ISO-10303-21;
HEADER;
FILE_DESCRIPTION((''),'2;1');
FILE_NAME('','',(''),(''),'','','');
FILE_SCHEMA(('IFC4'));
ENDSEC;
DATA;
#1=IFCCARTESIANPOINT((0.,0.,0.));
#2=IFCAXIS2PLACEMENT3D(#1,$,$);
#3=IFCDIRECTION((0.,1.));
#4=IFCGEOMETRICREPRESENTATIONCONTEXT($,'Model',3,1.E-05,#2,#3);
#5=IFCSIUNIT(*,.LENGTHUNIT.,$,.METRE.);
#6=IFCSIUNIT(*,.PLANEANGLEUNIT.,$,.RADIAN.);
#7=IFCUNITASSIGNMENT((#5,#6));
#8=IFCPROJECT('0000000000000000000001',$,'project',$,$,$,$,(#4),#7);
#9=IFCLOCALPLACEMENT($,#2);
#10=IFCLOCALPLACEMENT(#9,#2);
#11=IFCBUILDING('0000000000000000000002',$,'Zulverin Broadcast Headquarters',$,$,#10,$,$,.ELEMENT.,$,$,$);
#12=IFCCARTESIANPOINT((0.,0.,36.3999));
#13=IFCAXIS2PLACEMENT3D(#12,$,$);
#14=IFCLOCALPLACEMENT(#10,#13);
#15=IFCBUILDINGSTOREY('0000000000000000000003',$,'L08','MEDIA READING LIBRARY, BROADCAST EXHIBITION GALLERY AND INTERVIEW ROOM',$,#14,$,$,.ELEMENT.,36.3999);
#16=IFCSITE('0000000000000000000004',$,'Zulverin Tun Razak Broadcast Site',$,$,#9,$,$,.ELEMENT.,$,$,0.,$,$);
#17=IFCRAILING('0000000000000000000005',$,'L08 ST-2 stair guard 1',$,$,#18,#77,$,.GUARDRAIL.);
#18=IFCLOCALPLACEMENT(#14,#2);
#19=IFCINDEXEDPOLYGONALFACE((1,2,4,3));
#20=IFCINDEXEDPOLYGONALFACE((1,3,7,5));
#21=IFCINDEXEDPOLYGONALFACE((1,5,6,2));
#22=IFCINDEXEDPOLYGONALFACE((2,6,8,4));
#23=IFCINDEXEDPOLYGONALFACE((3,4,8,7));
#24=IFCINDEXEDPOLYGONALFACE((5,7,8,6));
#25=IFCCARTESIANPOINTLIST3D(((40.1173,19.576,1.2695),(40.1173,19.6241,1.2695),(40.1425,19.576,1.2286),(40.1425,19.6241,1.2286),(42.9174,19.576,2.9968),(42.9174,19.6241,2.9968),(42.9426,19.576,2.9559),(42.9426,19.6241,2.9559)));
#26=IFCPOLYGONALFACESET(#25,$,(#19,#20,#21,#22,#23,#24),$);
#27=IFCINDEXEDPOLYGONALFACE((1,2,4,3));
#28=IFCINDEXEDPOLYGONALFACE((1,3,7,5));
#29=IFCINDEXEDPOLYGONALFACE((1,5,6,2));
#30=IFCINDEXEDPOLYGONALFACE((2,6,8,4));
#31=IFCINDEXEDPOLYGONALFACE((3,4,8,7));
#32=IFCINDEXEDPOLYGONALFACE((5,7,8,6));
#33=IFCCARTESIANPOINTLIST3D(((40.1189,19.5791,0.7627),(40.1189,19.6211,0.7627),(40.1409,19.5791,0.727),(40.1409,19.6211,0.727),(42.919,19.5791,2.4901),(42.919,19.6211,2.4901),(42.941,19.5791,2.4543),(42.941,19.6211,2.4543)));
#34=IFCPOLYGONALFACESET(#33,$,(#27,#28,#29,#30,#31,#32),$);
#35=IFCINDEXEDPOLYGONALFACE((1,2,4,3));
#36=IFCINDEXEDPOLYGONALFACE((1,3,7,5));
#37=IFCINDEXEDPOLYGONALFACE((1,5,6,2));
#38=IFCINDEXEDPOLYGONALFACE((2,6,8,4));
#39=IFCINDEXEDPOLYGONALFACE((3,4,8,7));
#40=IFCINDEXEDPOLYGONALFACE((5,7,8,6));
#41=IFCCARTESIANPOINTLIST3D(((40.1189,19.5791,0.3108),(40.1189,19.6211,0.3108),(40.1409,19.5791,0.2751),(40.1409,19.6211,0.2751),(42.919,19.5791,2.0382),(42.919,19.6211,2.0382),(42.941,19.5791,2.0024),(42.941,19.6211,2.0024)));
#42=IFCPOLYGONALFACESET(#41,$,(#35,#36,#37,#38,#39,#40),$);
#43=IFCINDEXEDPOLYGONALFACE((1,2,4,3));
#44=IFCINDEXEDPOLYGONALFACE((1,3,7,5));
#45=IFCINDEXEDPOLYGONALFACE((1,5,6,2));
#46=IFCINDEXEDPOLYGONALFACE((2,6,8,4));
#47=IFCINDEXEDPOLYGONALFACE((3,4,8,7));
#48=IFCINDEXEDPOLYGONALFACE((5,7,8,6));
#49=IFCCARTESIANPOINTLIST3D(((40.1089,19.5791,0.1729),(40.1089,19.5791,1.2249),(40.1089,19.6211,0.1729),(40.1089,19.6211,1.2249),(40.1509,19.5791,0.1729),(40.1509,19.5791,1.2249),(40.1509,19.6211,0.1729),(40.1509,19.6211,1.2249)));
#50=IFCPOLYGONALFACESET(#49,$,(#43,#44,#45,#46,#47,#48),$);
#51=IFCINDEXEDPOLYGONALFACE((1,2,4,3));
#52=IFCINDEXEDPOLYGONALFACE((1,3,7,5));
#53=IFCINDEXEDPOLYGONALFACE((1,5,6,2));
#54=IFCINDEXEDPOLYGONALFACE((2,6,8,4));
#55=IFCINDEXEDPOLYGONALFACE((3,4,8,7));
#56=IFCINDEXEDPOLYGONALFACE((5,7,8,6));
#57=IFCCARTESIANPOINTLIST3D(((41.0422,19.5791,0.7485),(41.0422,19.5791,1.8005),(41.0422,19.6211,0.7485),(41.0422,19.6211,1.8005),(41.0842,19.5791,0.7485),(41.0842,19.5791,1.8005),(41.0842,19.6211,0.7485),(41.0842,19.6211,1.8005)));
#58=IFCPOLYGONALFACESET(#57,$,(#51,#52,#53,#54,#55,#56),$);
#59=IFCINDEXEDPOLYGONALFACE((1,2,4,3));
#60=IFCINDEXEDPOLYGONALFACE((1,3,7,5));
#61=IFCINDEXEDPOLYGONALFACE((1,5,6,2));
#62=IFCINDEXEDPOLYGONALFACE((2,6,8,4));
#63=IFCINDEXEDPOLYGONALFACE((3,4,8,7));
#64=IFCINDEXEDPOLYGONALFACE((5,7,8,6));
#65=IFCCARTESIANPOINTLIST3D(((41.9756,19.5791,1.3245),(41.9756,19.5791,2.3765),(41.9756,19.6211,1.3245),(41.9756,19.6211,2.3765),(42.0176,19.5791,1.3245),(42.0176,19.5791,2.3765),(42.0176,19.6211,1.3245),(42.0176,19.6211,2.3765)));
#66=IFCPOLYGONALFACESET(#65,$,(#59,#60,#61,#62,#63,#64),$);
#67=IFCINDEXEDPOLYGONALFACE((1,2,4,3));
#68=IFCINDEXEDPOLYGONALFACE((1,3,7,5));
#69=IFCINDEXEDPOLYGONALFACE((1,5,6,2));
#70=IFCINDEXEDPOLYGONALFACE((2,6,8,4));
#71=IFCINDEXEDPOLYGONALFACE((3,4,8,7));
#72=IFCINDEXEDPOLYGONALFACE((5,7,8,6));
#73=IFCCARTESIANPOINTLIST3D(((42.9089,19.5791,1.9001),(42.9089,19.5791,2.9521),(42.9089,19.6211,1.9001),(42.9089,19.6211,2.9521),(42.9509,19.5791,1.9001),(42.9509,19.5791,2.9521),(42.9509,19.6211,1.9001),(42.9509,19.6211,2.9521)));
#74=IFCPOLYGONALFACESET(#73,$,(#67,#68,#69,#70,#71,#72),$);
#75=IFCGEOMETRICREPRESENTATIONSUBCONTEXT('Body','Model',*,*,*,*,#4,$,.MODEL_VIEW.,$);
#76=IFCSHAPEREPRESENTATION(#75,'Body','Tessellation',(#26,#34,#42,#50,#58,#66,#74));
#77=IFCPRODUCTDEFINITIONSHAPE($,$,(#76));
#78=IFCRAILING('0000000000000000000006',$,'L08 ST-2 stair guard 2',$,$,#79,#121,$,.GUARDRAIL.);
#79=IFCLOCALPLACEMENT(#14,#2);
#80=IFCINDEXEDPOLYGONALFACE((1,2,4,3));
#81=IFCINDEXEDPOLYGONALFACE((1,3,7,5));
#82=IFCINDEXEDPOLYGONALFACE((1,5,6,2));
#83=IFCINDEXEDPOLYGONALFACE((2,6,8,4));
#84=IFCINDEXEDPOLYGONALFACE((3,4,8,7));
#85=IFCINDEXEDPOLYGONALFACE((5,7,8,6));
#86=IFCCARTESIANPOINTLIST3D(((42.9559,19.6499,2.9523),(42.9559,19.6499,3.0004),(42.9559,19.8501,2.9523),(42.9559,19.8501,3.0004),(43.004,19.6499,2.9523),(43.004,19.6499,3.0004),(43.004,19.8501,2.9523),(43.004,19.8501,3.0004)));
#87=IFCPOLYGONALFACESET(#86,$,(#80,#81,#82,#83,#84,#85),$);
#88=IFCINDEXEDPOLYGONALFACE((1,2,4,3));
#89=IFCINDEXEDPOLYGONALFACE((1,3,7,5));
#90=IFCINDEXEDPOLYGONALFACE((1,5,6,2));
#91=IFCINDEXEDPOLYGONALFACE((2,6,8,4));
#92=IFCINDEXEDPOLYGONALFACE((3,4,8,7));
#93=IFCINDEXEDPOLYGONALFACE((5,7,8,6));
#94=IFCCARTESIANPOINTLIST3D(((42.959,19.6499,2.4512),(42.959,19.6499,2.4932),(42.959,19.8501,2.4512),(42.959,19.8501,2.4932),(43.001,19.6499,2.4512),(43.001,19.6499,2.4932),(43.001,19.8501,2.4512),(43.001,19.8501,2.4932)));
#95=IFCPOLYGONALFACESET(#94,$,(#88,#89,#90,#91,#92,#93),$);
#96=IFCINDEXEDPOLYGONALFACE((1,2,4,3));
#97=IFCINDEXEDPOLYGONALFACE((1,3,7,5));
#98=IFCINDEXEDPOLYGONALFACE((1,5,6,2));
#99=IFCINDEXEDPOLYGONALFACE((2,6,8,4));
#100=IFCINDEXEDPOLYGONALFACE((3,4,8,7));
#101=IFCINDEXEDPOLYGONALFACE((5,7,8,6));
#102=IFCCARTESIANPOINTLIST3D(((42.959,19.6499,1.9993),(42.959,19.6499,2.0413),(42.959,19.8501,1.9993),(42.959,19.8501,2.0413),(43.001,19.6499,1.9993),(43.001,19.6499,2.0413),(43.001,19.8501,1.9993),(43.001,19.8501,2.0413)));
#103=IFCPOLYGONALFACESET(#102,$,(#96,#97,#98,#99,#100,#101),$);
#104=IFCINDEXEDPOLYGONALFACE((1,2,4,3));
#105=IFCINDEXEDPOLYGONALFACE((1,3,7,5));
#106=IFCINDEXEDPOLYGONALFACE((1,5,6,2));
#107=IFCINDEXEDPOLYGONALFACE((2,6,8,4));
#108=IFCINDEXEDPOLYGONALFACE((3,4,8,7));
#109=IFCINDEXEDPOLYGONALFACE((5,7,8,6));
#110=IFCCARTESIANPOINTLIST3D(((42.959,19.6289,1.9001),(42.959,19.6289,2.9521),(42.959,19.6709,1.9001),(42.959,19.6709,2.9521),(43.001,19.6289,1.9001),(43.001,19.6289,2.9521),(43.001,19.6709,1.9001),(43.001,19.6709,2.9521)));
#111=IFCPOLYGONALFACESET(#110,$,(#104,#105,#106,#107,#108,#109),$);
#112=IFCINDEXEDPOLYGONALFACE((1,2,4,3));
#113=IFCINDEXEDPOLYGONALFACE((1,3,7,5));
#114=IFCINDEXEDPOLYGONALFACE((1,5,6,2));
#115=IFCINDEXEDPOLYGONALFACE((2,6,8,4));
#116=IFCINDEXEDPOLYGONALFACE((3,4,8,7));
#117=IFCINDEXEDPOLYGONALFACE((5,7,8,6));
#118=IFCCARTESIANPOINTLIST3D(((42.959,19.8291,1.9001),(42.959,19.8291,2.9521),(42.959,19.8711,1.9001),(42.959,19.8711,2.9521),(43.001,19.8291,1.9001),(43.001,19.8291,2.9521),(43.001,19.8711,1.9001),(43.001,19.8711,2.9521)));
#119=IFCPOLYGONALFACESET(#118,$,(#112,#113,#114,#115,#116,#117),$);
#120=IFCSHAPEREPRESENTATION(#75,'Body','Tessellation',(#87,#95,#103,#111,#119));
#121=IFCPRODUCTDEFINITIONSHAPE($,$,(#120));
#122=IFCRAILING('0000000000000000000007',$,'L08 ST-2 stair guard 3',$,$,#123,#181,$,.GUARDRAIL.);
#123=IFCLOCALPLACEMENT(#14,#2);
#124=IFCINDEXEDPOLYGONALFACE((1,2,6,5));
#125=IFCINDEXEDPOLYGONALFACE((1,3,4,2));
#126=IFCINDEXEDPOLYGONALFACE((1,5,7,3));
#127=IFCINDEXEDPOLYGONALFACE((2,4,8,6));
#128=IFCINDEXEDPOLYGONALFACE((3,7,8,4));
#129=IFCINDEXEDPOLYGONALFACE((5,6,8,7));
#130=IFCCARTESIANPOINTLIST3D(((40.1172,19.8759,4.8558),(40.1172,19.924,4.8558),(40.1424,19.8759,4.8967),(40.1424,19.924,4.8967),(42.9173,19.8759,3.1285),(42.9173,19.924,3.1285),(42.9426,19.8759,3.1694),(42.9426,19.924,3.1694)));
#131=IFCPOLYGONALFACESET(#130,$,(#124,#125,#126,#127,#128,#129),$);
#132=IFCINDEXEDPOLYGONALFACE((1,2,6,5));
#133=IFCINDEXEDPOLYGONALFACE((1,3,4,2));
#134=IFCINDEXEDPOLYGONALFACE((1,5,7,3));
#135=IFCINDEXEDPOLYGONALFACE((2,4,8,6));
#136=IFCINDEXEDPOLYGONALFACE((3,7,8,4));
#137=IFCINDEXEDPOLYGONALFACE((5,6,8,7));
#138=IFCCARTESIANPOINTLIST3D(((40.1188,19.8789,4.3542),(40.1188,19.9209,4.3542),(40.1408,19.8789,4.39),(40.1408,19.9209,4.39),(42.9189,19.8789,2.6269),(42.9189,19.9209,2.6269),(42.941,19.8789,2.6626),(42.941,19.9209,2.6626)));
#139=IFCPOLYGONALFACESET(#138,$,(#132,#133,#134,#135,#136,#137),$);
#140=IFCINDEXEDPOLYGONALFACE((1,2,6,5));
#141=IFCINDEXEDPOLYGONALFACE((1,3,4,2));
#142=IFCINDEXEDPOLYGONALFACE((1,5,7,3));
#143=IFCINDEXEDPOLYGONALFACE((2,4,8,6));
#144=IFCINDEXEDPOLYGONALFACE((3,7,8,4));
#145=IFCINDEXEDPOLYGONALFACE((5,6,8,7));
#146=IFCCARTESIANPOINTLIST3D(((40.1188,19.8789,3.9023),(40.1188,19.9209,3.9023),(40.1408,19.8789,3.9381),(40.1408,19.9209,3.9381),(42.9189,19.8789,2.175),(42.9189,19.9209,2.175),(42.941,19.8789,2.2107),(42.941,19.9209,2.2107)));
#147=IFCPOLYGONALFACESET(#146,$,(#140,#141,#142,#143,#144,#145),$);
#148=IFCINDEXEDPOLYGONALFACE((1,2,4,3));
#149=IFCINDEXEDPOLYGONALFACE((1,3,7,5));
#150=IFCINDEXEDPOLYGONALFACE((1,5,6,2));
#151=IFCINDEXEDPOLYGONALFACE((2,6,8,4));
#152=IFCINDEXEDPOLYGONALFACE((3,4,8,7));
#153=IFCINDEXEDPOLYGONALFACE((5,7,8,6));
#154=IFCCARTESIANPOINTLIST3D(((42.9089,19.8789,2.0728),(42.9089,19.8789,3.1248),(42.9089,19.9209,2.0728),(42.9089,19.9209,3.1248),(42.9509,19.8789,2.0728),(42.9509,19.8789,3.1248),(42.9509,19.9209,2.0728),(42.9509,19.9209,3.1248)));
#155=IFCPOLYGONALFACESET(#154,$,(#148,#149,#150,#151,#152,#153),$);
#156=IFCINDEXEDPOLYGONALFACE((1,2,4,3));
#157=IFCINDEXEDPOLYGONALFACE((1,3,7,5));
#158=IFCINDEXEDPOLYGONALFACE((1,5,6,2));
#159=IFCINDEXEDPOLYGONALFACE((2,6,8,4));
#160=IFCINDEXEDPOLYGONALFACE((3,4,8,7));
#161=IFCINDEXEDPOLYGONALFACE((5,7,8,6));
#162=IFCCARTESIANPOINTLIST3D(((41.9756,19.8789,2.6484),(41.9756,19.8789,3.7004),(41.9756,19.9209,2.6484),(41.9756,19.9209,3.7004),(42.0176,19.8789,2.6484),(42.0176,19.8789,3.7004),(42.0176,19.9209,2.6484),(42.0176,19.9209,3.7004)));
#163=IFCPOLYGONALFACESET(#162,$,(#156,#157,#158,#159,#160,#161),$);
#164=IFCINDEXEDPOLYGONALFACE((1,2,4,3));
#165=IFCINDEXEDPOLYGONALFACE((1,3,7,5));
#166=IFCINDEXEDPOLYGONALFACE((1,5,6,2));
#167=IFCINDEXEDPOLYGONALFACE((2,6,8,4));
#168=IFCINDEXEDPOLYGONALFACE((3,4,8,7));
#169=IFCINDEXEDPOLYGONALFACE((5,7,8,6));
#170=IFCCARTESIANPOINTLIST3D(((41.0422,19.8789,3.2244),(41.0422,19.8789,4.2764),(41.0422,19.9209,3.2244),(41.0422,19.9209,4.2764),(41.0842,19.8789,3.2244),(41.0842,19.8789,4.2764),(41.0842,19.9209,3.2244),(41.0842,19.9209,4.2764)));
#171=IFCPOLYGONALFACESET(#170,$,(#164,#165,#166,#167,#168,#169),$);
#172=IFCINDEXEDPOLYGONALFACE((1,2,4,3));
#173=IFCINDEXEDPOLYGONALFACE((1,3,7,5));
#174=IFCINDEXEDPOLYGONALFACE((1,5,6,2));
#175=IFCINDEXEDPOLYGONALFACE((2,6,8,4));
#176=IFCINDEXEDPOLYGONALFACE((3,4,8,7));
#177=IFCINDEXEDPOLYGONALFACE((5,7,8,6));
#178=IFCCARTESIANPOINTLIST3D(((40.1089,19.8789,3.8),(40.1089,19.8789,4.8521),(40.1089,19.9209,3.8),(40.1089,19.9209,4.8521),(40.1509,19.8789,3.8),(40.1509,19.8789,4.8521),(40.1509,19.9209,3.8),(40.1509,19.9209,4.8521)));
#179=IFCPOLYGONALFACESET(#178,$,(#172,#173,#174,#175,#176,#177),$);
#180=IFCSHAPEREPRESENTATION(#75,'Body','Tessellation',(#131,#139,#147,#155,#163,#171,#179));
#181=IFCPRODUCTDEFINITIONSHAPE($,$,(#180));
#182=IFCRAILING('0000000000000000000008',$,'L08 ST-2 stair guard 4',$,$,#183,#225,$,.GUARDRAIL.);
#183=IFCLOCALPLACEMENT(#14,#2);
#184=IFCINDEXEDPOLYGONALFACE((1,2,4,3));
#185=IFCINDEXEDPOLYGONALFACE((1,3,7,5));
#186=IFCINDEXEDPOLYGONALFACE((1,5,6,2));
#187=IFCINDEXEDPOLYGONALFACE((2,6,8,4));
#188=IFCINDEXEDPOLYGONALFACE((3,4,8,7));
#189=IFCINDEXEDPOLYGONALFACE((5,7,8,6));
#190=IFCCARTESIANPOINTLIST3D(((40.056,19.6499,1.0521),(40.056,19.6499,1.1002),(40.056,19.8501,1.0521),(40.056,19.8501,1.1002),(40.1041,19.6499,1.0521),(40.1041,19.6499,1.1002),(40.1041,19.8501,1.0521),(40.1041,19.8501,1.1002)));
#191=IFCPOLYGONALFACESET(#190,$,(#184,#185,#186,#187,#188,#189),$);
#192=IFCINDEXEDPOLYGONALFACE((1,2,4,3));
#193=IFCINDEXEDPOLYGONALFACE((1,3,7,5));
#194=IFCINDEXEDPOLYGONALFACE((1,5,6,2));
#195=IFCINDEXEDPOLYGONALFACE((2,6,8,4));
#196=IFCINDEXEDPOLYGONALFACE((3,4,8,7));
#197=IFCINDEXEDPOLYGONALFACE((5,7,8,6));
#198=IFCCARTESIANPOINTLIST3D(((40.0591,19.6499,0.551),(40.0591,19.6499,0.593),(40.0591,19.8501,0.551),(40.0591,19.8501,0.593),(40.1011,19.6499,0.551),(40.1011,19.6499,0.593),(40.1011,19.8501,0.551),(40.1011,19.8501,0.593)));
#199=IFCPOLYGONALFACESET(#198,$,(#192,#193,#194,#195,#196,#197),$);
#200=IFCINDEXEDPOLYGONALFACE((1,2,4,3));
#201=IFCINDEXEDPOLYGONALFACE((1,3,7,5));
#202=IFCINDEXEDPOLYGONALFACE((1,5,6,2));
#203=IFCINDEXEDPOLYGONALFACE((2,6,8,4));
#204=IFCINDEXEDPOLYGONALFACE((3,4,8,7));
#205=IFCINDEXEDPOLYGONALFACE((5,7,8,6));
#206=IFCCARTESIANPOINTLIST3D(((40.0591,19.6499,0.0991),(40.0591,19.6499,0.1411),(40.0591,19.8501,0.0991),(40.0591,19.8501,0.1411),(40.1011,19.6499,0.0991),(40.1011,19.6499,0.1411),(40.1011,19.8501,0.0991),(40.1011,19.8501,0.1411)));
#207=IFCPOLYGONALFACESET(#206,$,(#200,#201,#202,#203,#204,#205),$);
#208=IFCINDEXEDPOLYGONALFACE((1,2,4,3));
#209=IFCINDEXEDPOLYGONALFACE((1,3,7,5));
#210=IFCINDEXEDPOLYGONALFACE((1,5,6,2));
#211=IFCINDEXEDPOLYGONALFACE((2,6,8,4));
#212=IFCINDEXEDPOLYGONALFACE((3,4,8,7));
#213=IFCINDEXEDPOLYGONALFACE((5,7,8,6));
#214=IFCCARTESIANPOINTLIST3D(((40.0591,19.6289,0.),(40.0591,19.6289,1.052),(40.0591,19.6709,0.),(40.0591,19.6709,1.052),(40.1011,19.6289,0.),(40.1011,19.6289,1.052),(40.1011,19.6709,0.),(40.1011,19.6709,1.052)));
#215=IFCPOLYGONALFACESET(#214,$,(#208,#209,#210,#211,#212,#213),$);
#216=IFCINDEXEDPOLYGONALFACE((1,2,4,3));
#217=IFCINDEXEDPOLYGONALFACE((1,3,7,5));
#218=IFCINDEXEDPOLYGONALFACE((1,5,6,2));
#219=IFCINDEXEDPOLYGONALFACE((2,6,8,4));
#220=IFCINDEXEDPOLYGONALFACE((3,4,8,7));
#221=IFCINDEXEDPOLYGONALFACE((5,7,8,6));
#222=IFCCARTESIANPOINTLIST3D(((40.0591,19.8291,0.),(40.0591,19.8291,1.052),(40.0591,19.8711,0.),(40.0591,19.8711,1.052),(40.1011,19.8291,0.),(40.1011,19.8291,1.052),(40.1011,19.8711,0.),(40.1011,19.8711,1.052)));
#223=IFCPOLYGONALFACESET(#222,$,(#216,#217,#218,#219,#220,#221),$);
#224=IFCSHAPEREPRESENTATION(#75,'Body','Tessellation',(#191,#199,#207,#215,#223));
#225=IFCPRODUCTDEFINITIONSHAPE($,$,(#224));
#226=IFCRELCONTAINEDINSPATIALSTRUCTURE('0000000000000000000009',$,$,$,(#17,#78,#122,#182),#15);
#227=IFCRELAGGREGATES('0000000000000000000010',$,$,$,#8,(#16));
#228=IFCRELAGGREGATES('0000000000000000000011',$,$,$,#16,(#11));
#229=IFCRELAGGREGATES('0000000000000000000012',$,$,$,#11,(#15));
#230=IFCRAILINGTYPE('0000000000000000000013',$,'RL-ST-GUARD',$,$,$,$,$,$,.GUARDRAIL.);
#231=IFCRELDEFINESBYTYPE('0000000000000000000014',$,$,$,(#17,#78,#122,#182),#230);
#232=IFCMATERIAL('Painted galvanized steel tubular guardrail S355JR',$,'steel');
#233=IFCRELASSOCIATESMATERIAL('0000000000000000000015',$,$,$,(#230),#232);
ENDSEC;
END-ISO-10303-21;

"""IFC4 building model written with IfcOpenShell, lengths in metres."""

from ifc_helpers import new_model, si_unit, direction, frame, origin, origin_2d, place, context, subcontext, project, spatial, rectangle, extrude, material, type_object, element, save


model = new_model("IFC4")

# Units and contexts
model_context = context("Model", 3, precision=1e-05, world=origin(), true_north=direction((0.0, 1.0)))
body_context = subcontext(model_context, "Body", "Model", "MODEL_VIEW")
ifc_project = project(units=[si_unit("LENGTHUNIT", "METRE"), si_unit("PLANEANGLEUNIT", "RADIAN")], contexts=[model_context])

# Site, building, storey
site_placement = place(None, origin())
site = spatial("IfcSite", under=ifc_project, at=site_placement, Name="Zulverin Tun Razak Broadcast Site", CompositionType="ELEMENT", RefElevation=0.0)
building_placement = place(site_placement, origin())
building = spatial("IfcBuilding", under=site, at=building_placement, Name="Zulverin Broadcast Headquarters", CompositionType="ELEMENT")
storey_placement = place(building_placement, frame((0.0, 0.0, 36.3999)))
storey = spatial("IfcBuildingStorey", under=building, at=storey_placement, Name="L08", Description="MEDIA READING LIBRARY, BROADCAST EXHIBITION GALLERY AND INTERVIEW ROOM", CompositionType="ELEMENT", Elevation=36.3999)

# Railings
ifc_material_1 = material(Name="Painted galvanized steel tubular guardrail S355JR", Category="steel")
railing_type_1 = type_object("IfcRailingType", Name="RL-ST-GUARD", PredefinedType="GUARDRAIL", material=ifc_material_1)
railing_1_placement = place(storey_placement, frame((40.1299, 19.6001, 0.1729)))
element("IfcRailing", 1, at=railing_1_placement, inside=storey, type_object=railing_type_1, Name="L08 ST-2 stair guard 1", PredefinedType="GUARDRAIL", context=body_context, shape_type="SweptSolid", body=[
    extrude(rectangle(XDim=0.0481, YDim=0.0481, at=origin_2d()), frame((0.0, 0.0, 1.0762), z_axis=(0.85109, 0.0, 0.52502), x_axis=(0.0, 1.0, 0.0)), (0.0, 0.0, 1.0), 3.29),
    extrude(rectangle(XDim=0.042, YDim=0.042, at=origin_2d()), frame((0.0, 0.0, 0.572), z_axis=(0.85109, 0.0, 0.52502), x_axis=(0.0, 1.0, 0.0)), (0.0, 0.0, 1.0), 3.29),
    extrude(rectangle(XDim=0.042, YDim=0.042, at=origin_2d()), frame((0.0, 0.0, 0.1201), z_axis=(0.85109, 0.0, 0.52502), x_axis=(0.0, 1.0, 0.0)), (0.0, 0.0, 1.0), 3.29),
    extrude(rectangle(XDim=0.042, YDim=0.042, at=origin_2d()), origin(), (0.0, 0.0, 1.0), 1.052),
    extrude(rectangle(XDim=0.042, YDim=0.042, at=origin_2d()), frame((0.9333, 0.0, 0.5757)), (0.0, 0.0, 1.0), 1.052),
    extrude(rectangle(XDim=0.042, YDim=0.042, at=origin_2d()), frame((1.8667, 0.0, 1.1516)), (0.0, 0.0, 1.0), 1.052),
    extrude(rectangle(XDim=0.042, YDim=0.042, at=origin_2d()), frame((2.8, 0.0, 1.7273)), (0.0, 0.0, 1.0), 1.052),
])
railing_2_placement = place(storey_placement, frame((42.98, 19.6499, 1.9001)))
element("IfcRailing", 2, at=railing_2_placement, inside=storey, type_object=railing_type_1, Name="L08 ST-2 stair guard 2", PredefinedType="GUARDRAIL", context=body_context, shape_type="SweptSolid", body=[
    extrude(rectangle(XDim=0.0481, YDim=0.0481, at=origin_2d()), frame((0.0, 0.0, 1.0762), z_axis=(0.0, 1.0, 0.0), x_axis=(-1.0, 0.0, 0.0)), (0.0, 0.0, 1.0), 0.2002),
    extrude(rectangle(XDim=0.042, YDim=0.042, at=origin_2d()), frame((0.0, 0.0, 0.572), z_axis=(0.0, 1.0, 0.0), x_axis=(-1.0, 0.0, 0.0)), (0.0, 0.0, 1.0), 0.2002),
    extrude(rectangle(XDim=0.042, YDim=0.042, at=origin_2d()), frame((0.0, 0.0, 0.1201), z_axis=(0.0, 1.0, 0.0), x_axis=(-1.0, 0.0, 0.0)), (0.0, 0.0, 1.0), 0.2002),
    extrude(rectangle(XDim=0.042, YDim=0.042, at=origin_2d()), origin(), (0.0, 0.0, 1.0), 1.052),
    extrude(rectangle(XDim=0.042, YDim=0.042, at=origin_2d()), frame((0.0, 0.2002, 0.0)), (0.0, 0.0, 1.0), 1.052),
])
railing_3_placement = place(storey_placement, frame((42.9299, 19.8999, 2.0728)))
element("IfcRailing", 3, at=railing_3_placement, inside=storey, type_object=railing_type_1, Name="L08 ST-2 stair guard 3", PredefinedType="GUARDRAIL", context=body_context, shape_type="SweptSolid", body=[
    extrude(rectangle(XDim=0.0481, YDim=0.0481, at=origin_2d()), frame((0.0, 0.0, 1.0762), z_axis=(-0.85109, 0.0, 0.52502), x_axis=(0.0, -1.0, 0.0)), (0.0, 0.0, 1.0), 3.29),
    extrude(rectangle(XDim=0.042, YDim=0.042, at=origin_2d()), frame((0.0, 0.0, 0.572), z_axis=(-0.85109, 0.0, 0.52502), x_axis=(0.0, -1.0, 0.0)), (0.0, 0.0, 1.0), 3.29),
    extrude(rectangle(XDim=0.042, YDim=0.042, at=origin_2d()), frame((0.0, 0.0, 0.1201), z_axis=(-0.85109, 0.0, 0.52502), x_axis=(0.0, -1.0, 0.0)), (0.0, 0.0, 1.0), 3.29),
    extrude(rectangle(XDim=0.042, YDim=0.042, at=origin_2d()), origin(), (0.0, 0.0, 1.0), 1.052),
    extrude(rectangle(XDim=0.042, YDim=0.042, at=origin_2d()), frame((-0.9333, 0.0, 0.5757)), (0.0, 0.0, 1.0), 1.052),
    extrude(rectangle(XDim=0.042, YDim=0.042, at=origin_2d()), frame((-1.8667, 0.0, 1.1516)), (0.0, 0.0, 1.0), 1.052),
    extrude(rectangle(XDim=0.042, YDim=0.042, at=origin_2d()), frame((-2.8, 0.0, 1.7273)), (0.0, 0.0, 1.0), 1.052),
])
railing_4_placement = place(storey_placement, frame((40.0801, 19.6499, 0.0)))
element("IfcRailing", 4, at=railing_4_placement, inside=storey, type_object=railing_type_1, Name="L08 ST-2 stair guard 4", PredefinedType="GUARDRAIL", context=body_context, shape_type="SweptSolid", body=[
    extrude(rectangle(XDim=0.0481, YDim=0.0481, at=origin_2d()), frame((0.0, 0.0, 1.0762), z_axis=(0.0, 1.0, 0.0), x_axis=(-1.0, 0.0, 0.0)), (0.0, 0.0, 1.0), 0.2002),
    extrude(rectangle(XDim=0.042, YDim=0.042, at=origin_2d()), frame((0.0, 0.0, 0.572), z_axis=(0.0, 1.0, 0.0), x_axis=(-1.0, 0.0, 0.0)), (0.0, 0.0, 1.0), 0.2002),
    extrude(rectangle(XDim=0.042, YDim=0.042, at=origin_2d()), frame((0.0, 0.0, 0.1201), z_axis=(0.0, 1.0, 0.0), x_axis=(-1.0, 0.0, 0.0)), (0.0, 0.0, 1.0), 0.2002),
    extrude(rectangle(XDim=0.042, YDim=0.042, at=origin_2d()), origin(), (0.0, 0.0, 1.0), 1.052),
    extrude(rectangle(XDim=0.042, YDim=0.042, at=origin_2d()), frame((0.0, 0.2002, 0.0)), (0.0, 0.0, 1.0), 1.052),
])

save(model, "model.ifc")
